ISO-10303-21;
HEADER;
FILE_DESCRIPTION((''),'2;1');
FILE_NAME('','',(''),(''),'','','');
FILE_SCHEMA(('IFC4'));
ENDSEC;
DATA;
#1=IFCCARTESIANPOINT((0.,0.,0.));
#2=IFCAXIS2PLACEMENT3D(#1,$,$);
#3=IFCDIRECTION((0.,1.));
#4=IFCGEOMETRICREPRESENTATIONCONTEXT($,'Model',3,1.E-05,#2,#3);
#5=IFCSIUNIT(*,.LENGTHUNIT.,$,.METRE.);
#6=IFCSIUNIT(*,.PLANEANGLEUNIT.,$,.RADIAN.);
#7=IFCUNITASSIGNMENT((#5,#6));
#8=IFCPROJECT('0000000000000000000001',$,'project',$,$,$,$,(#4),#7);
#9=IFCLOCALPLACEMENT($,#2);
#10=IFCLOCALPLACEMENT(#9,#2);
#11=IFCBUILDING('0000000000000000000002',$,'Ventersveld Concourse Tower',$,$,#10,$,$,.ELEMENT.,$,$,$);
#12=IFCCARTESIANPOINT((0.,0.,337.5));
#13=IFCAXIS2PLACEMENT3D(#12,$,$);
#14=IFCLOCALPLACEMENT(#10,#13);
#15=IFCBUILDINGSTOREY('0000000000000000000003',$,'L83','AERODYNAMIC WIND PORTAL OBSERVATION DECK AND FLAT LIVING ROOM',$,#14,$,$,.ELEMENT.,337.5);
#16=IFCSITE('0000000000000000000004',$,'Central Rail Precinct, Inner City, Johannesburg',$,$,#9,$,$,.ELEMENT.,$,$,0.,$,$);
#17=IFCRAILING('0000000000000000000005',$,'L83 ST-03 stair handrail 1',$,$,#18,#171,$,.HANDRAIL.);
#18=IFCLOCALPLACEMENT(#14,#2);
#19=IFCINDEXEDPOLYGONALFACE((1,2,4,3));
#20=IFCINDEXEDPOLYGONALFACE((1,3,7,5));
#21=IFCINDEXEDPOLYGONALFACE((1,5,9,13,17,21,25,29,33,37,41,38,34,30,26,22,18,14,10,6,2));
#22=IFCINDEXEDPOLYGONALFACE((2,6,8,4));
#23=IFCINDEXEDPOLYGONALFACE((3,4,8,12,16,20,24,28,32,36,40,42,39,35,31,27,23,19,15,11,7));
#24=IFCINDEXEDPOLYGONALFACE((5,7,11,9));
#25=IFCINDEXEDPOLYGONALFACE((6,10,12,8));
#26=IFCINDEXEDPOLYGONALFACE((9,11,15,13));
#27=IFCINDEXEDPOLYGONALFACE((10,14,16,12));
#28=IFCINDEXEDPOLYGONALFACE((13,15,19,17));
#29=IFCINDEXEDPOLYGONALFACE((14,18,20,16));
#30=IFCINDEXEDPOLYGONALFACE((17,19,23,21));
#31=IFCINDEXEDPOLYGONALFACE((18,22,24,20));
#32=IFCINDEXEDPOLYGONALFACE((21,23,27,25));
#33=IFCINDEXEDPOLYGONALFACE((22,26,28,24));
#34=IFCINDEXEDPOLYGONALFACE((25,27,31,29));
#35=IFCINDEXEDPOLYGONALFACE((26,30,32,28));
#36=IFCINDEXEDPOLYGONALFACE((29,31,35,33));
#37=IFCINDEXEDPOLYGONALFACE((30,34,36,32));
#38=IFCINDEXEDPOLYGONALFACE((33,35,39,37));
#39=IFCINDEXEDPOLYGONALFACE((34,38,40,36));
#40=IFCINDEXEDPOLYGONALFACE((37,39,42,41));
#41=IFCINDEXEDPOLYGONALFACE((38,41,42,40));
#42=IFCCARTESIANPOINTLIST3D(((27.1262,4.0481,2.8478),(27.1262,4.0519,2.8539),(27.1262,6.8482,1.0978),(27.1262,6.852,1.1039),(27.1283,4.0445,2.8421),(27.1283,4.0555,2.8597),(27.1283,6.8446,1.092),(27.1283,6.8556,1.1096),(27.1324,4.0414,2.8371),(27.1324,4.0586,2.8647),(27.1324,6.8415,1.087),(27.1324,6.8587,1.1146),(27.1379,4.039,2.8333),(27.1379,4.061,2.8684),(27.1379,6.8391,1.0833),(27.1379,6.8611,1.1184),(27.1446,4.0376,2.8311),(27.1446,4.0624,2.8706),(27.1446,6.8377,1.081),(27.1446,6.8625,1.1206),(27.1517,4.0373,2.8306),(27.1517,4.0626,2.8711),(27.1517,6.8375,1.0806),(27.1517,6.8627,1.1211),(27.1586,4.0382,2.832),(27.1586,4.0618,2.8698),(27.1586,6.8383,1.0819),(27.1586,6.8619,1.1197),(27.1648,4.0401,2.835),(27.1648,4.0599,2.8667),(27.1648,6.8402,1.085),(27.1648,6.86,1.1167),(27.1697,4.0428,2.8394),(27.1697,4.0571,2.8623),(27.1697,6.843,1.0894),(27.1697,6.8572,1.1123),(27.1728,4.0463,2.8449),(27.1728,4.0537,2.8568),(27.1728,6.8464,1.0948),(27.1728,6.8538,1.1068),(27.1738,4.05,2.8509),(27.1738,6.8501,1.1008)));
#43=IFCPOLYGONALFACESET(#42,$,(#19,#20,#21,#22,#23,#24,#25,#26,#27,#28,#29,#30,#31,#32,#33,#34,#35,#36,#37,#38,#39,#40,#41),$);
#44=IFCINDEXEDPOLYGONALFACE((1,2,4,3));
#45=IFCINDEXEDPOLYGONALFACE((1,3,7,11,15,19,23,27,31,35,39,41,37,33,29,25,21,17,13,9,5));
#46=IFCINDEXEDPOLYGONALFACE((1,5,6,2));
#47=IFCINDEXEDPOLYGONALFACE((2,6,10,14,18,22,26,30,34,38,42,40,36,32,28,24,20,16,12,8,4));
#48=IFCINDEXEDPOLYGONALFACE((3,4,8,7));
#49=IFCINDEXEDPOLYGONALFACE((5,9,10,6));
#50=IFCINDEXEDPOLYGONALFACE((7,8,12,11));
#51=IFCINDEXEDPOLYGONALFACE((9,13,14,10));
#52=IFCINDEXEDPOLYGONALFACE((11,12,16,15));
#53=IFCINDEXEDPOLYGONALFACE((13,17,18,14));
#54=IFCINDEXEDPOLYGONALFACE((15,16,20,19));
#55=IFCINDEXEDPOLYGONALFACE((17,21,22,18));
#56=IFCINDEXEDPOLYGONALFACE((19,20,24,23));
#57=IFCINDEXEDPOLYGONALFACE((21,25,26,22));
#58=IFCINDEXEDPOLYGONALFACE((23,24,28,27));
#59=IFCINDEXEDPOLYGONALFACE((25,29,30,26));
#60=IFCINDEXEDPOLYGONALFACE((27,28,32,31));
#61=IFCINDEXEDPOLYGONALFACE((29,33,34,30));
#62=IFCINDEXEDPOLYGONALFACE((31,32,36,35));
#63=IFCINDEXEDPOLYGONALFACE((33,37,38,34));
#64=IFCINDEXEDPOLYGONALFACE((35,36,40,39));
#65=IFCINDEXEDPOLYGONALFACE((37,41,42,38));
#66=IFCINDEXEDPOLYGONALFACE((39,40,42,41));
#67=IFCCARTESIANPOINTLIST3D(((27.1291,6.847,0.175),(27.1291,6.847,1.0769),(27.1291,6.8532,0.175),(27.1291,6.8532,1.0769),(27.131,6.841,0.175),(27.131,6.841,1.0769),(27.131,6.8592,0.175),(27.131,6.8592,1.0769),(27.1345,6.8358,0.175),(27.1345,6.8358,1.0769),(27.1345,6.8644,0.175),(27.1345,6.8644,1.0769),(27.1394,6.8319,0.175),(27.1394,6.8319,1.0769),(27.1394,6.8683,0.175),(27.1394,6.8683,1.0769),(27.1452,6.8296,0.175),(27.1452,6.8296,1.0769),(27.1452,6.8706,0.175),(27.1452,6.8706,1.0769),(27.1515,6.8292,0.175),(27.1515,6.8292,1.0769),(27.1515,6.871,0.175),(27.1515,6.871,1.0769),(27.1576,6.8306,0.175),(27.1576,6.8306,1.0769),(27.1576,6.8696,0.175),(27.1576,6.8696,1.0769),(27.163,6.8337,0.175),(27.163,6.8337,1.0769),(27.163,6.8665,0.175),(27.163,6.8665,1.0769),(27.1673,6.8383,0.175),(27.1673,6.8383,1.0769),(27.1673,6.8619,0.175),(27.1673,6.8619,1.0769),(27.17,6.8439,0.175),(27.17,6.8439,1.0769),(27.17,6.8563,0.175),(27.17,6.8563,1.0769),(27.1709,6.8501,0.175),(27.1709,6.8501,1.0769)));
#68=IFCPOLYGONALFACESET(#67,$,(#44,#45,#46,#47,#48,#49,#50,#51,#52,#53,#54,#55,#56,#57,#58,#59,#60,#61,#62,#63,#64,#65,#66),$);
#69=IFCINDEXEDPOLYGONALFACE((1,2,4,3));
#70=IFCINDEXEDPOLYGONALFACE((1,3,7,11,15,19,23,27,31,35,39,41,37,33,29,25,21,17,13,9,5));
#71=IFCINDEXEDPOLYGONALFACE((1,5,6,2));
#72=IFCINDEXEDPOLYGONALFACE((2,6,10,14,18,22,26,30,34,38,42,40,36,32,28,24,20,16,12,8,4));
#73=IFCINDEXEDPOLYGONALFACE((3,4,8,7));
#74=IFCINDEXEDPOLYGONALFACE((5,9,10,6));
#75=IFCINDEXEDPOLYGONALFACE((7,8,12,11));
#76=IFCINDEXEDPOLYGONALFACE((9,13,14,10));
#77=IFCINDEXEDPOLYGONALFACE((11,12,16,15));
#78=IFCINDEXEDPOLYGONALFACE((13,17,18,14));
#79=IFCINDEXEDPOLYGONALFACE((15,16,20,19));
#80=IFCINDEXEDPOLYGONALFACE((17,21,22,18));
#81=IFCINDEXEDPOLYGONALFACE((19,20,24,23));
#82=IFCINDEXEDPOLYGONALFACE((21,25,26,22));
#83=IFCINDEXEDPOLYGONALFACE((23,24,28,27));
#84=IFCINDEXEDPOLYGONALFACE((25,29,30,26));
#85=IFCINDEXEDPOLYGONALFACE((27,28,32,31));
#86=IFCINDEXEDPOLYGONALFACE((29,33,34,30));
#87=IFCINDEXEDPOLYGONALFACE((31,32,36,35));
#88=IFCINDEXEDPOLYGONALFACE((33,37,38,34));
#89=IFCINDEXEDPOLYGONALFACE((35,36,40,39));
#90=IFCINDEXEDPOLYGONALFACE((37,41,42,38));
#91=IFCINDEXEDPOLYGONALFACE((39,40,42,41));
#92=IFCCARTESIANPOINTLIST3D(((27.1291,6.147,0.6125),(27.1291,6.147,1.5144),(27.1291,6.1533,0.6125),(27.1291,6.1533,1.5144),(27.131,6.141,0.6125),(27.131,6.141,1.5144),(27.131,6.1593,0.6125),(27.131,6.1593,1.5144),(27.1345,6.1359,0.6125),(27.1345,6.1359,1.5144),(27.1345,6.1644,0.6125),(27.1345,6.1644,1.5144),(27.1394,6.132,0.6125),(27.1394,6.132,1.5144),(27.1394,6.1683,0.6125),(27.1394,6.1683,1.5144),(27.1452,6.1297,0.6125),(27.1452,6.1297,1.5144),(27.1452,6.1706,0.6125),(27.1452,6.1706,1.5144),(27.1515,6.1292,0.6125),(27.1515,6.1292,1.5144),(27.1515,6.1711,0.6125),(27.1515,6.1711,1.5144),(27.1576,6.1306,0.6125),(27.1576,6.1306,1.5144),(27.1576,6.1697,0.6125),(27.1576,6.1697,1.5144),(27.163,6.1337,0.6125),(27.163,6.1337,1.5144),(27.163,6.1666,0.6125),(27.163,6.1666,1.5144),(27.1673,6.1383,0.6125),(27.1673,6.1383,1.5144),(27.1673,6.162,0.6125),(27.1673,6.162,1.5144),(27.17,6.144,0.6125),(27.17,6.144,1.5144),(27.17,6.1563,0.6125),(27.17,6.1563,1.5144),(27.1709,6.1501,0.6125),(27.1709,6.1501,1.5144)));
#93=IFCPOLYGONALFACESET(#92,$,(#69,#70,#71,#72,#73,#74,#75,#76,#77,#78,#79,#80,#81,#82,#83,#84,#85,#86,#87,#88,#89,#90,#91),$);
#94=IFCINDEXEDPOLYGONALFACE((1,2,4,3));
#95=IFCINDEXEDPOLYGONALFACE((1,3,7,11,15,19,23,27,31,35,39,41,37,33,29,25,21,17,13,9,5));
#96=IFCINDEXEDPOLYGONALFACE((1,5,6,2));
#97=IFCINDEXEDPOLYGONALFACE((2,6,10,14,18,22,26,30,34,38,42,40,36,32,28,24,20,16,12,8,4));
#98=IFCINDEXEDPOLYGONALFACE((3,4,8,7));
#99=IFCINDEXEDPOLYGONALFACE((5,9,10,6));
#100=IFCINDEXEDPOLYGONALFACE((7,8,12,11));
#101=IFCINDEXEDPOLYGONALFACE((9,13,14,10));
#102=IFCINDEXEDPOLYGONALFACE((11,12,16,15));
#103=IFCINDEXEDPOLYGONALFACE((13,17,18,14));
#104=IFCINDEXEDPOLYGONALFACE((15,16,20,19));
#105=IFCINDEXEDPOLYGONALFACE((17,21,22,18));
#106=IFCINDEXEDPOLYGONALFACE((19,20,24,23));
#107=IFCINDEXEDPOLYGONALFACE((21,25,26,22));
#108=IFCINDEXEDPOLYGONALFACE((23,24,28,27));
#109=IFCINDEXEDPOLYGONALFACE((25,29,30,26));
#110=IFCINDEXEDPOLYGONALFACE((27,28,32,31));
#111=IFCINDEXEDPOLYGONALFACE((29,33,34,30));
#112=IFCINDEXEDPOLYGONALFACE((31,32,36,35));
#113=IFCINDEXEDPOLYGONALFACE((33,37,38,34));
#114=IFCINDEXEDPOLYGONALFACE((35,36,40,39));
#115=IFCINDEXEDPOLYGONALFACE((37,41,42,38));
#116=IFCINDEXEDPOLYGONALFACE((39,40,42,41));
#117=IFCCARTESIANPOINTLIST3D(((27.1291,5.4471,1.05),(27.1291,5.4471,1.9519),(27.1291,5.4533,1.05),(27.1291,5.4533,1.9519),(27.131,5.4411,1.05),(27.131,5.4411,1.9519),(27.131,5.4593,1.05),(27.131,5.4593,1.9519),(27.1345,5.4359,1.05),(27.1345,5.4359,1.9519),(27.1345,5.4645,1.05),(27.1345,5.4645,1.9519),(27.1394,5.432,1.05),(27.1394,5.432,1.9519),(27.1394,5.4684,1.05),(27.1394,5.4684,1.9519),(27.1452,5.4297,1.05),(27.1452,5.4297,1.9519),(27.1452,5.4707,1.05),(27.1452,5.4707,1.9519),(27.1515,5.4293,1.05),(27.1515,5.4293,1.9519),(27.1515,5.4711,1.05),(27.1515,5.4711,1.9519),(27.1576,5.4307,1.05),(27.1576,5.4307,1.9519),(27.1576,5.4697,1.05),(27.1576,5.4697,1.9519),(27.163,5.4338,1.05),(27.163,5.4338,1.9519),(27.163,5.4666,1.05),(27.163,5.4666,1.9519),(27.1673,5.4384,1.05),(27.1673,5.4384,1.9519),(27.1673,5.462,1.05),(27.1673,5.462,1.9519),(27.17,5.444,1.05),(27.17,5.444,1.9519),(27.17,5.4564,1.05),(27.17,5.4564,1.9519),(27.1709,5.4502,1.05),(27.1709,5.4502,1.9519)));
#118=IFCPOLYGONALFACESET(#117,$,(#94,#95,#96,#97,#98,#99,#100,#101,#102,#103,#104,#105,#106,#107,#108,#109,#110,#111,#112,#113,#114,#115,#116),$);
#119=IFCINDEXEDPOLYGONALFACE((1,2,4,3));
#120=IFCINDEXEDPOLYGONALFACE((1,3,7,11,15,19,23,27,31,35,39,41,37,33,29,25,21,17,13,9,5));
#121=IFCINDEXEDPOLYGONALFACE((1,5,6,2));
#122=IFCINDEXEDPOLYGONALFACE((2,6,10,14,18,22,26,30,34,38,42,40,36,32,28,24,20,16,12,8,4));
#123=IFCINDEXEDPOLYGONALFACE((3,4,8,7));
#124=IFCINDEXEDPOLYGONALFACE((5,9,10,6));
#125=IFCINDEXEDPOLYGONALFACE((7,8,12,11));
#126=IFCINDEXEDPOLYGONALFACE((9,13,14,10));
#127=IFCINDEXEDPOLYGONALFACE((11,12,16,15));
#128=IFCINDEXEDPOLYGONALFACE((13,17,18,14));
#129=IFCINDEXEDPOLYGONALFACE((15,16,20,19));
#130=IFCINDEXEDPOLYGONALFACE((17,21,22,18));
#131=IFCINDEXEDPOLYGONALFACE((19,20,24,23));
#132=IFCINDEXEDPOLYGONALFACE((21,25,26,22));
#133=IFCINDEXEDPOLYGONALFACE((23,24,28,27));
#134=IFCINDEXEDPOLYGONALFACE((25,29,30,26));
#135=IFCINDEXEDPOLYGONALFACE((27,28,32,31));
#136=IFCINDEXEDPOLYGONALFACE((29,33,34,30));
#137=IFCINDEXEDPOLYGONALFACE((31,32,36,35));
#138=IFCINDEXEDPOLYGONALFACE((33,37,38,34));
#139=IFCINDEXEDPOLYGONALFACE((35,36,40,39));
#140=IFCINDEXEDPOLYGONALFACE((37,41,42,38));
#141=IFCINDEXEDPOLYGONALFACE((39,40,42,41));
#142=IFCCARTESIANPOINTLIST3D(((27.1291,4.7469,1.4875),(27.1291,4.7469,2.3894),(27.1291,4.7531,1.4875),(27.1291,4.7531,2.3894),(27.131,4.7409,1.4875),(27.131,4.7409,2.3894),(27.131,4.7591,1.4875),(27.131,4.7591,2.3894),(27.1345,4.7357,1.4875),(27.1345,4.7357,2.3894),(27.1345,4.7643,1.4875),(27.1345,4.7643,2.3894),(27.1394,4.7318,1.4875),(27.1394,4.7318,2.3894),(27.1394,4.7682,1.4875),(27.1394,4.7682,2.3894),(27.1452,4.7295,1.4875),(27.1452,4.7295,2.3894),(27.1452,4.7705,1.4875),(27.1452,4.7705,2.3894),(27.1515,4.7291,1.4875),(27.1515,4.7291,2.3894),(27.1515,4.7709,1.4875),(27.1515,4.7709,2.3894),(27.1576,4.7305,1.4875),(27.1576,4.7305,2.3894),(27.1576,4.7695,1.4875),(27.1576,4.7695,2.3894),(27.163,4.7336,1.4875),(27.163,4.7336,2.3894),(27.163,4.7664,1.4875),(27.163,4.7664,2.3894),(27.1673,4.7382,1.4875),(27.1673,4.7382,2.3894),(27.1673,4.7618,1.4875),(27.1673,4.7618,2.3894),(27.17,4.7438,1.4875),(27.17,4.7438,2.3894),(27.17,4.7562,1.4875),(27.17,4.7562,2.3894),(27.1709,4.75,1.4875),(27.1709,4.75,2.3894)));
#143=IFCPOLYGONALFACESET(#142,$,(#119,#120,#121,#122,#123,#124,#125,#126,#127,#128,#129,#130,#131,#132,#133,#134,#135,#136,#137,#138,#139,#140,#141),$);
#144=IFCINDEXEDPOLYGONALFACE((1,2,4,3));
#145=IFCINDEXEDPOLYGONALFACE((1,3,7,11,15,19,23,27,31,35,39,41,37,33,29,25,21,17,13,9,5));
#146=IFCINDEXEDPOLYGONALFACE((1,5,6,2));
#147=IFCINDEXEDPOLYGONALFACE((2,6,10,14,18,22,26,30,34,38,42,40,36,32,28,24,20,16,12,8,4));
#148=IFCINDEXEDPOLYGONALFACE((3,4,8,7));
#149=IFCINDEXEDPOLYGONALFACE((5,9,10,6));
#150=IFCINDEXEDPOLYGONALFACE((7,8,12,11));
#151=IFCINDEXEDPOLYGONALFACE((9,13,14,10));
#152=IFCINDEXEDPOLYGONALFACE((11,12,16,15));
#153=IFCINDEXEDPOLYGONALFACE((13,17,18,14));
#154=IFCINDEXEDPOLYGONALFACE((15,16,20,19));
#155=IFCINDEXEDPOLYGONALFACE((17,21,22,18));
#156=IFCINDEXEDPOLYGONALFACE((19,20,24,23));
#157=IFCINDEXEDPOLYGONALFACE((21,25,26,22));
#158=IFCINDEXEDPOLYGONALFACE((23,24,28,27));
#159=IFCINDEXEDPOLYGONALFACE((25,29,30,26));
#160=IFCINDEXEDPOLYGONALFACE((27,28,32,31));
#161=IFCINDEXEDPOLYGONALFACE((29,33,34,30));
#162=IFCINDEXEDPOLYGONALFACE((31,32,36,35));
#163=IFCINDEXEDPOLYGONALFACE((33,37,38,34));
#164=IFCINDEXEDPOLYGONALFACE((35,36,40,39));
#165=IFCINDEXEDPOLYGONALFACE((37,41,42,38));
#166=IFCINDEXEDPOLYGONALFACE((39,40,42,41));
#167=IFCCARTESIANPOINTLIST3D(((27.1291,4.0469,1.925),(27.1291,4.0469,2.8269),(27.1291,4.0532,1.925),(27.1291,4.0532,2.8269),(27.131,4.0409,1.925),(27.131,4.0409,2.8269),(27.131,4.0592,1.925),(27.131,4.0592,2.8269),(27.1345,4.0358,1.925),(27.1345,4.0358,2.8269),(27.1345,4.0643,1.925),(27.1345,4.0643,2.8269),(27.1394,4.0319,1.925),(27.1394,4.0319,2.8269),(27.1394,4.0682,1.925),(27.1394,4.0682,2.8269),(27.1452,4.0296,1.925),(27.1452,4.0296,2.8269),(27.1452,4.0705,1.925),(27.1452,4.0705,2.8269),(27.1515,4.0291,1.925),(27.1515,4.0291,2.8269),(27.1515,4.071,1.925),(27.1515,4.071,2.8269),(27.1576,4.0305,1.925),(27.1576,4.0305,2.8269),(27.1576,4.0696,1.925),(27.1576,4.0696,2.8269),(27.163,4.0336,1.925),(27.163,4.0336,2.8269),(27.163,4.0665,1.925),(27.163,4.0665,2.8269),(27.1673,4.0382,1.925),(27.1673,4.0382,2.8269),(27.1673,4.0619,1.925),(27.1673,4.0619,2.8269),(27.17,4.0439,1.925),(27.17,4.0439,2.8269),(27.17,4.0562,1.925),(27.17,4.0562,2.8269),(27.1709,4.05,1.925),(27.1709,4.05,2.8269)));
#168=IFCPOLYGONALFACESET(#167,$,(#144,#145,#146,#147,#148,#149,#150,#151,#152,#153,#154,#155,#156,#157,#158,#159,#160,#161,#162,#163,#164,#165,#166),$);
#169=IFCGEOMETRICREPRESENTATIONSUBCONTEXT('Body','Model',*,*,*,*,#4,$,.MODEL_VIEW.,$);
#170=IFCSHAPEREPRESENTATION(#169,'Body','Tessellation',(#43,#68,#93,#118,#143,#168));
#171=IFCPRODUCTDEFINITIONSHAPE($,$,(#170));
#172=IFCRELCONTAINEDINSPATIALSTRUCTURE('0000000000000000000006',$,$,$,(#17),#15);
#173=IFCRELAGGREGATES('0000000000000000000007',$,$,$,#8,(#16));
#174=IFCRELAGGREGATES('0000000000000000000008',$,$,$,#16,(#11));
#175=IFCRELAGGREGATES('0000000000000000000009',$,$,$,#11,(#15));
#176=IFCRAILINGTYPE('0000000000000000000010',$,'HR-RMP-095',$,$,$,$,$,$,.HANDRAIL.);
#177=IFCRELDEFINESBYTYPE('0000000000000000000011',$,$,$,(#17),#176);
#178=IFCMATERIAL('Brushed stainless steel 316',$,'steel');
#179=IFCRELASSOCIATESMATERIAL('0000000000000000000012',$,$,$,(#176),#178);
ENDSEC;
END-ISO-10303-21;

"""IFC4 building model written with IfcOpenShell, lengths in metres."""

from ifc_helpers import new_model, si_unit, direction, frame, origin, origin_2d, place, context, subcontext, project, spatial, circle, extrude, material, type_object, element, save


model = new_model("IFC4")

# Units and contexts
model_context = context("Model", 3, precision=1e-05, world=origin(), true_north=direction((0.0, 1.0)))
body_context = subcontext(model_context, "Body", "Model", "MODEL_VIEW")
ifc_project = project(units=[si_unit("LENGTHUNIT", "METRE"), si_unit("PLANEANGLEUNIT", "RADIAN")], contexts=[model_context])

# Site, building, storey
site_placement = place(None, origin())
site = spatial("IfcSite", under=ifc_project, at=site_placement, Name="Central Rail Precinct, Inner City, Johannesburg", CompositionType="ELEMENT", RefElevation=0.0)
building_placement = place(site_placement, origin())
building = spatial("IfcBuilding", under=site, at=building_placement, Name="Ventersveld Concourse Tower", CompositionType="ELEMENT")
storey_placement = place(building_placement, frame((0.0, 0.0, 337.5)))
storey = spatial("IfcBuildingStorey", under=building, at=storey_placement, Name="L83", Description="AERODYNAMIC WIND PORTAL OBSERVATION DECK AND FLAT LIVING ROOM", CompositionType="ELEMENT", Elevation=337.5)

# Railing
ifc_material_1 = material(Name="Brushed stainless steel 316", Category="steel")
railing_type_1 = type_object("IfcRailingType", Name="HR-RMP-095", PredefinedType="HANDRAIL", material=ifc_material_1)
railing_1_placement = place(storey_placement, frame((27.1499, 6.8501, 0.175)))
element("IfcRailing", 1, at=railing_1_placement, inside=storey, type_object=railing_type_1, Name="L83 ST-03 stair handrail 1", PredefinedType="HANDRAIL", context=body_context, shape_type="SweptSolid", body=[
    extrude(circle(Radius=0.0239, at=origin_2d()), frame((0.0, 0.0, 0.9258), z_axis=(0.0, -0.848002, 0.529992), x_axis=(1.0, 0.0, 0.0)), (0.0, 0.0, 1.0), 3.302),
    extrude(circle(Radius=0.021, at=origin_2d()), origin(), (0.0, 0.0, 1.0), 0.9019),
    extrude(circle(Radius=0.021, at=origin_2d()), frame((0.0, -0.7, 0.4375)), (0.0, 0.0, 1.0), 0.9019),
    extrude(circle(Radius=0.021, at=origin_2d()), frame((0.0, -1.3999, 0.875)), (0.0, 0.0, 1.0), 0.9019),
    extrude(circle(Radius=0.021, at=origin_2d()), frame((0.0, -2.1001, 1.3125)), (0.0, 0.0, 1.0), 0.9019),
    extrude(circle(Radius=0.021, at=origin_2d()), frame((0.0, -2.8, 1.75)), (0.0, 0.0, 1.0), 0.9019),
])

save(model, "model.ifc")
